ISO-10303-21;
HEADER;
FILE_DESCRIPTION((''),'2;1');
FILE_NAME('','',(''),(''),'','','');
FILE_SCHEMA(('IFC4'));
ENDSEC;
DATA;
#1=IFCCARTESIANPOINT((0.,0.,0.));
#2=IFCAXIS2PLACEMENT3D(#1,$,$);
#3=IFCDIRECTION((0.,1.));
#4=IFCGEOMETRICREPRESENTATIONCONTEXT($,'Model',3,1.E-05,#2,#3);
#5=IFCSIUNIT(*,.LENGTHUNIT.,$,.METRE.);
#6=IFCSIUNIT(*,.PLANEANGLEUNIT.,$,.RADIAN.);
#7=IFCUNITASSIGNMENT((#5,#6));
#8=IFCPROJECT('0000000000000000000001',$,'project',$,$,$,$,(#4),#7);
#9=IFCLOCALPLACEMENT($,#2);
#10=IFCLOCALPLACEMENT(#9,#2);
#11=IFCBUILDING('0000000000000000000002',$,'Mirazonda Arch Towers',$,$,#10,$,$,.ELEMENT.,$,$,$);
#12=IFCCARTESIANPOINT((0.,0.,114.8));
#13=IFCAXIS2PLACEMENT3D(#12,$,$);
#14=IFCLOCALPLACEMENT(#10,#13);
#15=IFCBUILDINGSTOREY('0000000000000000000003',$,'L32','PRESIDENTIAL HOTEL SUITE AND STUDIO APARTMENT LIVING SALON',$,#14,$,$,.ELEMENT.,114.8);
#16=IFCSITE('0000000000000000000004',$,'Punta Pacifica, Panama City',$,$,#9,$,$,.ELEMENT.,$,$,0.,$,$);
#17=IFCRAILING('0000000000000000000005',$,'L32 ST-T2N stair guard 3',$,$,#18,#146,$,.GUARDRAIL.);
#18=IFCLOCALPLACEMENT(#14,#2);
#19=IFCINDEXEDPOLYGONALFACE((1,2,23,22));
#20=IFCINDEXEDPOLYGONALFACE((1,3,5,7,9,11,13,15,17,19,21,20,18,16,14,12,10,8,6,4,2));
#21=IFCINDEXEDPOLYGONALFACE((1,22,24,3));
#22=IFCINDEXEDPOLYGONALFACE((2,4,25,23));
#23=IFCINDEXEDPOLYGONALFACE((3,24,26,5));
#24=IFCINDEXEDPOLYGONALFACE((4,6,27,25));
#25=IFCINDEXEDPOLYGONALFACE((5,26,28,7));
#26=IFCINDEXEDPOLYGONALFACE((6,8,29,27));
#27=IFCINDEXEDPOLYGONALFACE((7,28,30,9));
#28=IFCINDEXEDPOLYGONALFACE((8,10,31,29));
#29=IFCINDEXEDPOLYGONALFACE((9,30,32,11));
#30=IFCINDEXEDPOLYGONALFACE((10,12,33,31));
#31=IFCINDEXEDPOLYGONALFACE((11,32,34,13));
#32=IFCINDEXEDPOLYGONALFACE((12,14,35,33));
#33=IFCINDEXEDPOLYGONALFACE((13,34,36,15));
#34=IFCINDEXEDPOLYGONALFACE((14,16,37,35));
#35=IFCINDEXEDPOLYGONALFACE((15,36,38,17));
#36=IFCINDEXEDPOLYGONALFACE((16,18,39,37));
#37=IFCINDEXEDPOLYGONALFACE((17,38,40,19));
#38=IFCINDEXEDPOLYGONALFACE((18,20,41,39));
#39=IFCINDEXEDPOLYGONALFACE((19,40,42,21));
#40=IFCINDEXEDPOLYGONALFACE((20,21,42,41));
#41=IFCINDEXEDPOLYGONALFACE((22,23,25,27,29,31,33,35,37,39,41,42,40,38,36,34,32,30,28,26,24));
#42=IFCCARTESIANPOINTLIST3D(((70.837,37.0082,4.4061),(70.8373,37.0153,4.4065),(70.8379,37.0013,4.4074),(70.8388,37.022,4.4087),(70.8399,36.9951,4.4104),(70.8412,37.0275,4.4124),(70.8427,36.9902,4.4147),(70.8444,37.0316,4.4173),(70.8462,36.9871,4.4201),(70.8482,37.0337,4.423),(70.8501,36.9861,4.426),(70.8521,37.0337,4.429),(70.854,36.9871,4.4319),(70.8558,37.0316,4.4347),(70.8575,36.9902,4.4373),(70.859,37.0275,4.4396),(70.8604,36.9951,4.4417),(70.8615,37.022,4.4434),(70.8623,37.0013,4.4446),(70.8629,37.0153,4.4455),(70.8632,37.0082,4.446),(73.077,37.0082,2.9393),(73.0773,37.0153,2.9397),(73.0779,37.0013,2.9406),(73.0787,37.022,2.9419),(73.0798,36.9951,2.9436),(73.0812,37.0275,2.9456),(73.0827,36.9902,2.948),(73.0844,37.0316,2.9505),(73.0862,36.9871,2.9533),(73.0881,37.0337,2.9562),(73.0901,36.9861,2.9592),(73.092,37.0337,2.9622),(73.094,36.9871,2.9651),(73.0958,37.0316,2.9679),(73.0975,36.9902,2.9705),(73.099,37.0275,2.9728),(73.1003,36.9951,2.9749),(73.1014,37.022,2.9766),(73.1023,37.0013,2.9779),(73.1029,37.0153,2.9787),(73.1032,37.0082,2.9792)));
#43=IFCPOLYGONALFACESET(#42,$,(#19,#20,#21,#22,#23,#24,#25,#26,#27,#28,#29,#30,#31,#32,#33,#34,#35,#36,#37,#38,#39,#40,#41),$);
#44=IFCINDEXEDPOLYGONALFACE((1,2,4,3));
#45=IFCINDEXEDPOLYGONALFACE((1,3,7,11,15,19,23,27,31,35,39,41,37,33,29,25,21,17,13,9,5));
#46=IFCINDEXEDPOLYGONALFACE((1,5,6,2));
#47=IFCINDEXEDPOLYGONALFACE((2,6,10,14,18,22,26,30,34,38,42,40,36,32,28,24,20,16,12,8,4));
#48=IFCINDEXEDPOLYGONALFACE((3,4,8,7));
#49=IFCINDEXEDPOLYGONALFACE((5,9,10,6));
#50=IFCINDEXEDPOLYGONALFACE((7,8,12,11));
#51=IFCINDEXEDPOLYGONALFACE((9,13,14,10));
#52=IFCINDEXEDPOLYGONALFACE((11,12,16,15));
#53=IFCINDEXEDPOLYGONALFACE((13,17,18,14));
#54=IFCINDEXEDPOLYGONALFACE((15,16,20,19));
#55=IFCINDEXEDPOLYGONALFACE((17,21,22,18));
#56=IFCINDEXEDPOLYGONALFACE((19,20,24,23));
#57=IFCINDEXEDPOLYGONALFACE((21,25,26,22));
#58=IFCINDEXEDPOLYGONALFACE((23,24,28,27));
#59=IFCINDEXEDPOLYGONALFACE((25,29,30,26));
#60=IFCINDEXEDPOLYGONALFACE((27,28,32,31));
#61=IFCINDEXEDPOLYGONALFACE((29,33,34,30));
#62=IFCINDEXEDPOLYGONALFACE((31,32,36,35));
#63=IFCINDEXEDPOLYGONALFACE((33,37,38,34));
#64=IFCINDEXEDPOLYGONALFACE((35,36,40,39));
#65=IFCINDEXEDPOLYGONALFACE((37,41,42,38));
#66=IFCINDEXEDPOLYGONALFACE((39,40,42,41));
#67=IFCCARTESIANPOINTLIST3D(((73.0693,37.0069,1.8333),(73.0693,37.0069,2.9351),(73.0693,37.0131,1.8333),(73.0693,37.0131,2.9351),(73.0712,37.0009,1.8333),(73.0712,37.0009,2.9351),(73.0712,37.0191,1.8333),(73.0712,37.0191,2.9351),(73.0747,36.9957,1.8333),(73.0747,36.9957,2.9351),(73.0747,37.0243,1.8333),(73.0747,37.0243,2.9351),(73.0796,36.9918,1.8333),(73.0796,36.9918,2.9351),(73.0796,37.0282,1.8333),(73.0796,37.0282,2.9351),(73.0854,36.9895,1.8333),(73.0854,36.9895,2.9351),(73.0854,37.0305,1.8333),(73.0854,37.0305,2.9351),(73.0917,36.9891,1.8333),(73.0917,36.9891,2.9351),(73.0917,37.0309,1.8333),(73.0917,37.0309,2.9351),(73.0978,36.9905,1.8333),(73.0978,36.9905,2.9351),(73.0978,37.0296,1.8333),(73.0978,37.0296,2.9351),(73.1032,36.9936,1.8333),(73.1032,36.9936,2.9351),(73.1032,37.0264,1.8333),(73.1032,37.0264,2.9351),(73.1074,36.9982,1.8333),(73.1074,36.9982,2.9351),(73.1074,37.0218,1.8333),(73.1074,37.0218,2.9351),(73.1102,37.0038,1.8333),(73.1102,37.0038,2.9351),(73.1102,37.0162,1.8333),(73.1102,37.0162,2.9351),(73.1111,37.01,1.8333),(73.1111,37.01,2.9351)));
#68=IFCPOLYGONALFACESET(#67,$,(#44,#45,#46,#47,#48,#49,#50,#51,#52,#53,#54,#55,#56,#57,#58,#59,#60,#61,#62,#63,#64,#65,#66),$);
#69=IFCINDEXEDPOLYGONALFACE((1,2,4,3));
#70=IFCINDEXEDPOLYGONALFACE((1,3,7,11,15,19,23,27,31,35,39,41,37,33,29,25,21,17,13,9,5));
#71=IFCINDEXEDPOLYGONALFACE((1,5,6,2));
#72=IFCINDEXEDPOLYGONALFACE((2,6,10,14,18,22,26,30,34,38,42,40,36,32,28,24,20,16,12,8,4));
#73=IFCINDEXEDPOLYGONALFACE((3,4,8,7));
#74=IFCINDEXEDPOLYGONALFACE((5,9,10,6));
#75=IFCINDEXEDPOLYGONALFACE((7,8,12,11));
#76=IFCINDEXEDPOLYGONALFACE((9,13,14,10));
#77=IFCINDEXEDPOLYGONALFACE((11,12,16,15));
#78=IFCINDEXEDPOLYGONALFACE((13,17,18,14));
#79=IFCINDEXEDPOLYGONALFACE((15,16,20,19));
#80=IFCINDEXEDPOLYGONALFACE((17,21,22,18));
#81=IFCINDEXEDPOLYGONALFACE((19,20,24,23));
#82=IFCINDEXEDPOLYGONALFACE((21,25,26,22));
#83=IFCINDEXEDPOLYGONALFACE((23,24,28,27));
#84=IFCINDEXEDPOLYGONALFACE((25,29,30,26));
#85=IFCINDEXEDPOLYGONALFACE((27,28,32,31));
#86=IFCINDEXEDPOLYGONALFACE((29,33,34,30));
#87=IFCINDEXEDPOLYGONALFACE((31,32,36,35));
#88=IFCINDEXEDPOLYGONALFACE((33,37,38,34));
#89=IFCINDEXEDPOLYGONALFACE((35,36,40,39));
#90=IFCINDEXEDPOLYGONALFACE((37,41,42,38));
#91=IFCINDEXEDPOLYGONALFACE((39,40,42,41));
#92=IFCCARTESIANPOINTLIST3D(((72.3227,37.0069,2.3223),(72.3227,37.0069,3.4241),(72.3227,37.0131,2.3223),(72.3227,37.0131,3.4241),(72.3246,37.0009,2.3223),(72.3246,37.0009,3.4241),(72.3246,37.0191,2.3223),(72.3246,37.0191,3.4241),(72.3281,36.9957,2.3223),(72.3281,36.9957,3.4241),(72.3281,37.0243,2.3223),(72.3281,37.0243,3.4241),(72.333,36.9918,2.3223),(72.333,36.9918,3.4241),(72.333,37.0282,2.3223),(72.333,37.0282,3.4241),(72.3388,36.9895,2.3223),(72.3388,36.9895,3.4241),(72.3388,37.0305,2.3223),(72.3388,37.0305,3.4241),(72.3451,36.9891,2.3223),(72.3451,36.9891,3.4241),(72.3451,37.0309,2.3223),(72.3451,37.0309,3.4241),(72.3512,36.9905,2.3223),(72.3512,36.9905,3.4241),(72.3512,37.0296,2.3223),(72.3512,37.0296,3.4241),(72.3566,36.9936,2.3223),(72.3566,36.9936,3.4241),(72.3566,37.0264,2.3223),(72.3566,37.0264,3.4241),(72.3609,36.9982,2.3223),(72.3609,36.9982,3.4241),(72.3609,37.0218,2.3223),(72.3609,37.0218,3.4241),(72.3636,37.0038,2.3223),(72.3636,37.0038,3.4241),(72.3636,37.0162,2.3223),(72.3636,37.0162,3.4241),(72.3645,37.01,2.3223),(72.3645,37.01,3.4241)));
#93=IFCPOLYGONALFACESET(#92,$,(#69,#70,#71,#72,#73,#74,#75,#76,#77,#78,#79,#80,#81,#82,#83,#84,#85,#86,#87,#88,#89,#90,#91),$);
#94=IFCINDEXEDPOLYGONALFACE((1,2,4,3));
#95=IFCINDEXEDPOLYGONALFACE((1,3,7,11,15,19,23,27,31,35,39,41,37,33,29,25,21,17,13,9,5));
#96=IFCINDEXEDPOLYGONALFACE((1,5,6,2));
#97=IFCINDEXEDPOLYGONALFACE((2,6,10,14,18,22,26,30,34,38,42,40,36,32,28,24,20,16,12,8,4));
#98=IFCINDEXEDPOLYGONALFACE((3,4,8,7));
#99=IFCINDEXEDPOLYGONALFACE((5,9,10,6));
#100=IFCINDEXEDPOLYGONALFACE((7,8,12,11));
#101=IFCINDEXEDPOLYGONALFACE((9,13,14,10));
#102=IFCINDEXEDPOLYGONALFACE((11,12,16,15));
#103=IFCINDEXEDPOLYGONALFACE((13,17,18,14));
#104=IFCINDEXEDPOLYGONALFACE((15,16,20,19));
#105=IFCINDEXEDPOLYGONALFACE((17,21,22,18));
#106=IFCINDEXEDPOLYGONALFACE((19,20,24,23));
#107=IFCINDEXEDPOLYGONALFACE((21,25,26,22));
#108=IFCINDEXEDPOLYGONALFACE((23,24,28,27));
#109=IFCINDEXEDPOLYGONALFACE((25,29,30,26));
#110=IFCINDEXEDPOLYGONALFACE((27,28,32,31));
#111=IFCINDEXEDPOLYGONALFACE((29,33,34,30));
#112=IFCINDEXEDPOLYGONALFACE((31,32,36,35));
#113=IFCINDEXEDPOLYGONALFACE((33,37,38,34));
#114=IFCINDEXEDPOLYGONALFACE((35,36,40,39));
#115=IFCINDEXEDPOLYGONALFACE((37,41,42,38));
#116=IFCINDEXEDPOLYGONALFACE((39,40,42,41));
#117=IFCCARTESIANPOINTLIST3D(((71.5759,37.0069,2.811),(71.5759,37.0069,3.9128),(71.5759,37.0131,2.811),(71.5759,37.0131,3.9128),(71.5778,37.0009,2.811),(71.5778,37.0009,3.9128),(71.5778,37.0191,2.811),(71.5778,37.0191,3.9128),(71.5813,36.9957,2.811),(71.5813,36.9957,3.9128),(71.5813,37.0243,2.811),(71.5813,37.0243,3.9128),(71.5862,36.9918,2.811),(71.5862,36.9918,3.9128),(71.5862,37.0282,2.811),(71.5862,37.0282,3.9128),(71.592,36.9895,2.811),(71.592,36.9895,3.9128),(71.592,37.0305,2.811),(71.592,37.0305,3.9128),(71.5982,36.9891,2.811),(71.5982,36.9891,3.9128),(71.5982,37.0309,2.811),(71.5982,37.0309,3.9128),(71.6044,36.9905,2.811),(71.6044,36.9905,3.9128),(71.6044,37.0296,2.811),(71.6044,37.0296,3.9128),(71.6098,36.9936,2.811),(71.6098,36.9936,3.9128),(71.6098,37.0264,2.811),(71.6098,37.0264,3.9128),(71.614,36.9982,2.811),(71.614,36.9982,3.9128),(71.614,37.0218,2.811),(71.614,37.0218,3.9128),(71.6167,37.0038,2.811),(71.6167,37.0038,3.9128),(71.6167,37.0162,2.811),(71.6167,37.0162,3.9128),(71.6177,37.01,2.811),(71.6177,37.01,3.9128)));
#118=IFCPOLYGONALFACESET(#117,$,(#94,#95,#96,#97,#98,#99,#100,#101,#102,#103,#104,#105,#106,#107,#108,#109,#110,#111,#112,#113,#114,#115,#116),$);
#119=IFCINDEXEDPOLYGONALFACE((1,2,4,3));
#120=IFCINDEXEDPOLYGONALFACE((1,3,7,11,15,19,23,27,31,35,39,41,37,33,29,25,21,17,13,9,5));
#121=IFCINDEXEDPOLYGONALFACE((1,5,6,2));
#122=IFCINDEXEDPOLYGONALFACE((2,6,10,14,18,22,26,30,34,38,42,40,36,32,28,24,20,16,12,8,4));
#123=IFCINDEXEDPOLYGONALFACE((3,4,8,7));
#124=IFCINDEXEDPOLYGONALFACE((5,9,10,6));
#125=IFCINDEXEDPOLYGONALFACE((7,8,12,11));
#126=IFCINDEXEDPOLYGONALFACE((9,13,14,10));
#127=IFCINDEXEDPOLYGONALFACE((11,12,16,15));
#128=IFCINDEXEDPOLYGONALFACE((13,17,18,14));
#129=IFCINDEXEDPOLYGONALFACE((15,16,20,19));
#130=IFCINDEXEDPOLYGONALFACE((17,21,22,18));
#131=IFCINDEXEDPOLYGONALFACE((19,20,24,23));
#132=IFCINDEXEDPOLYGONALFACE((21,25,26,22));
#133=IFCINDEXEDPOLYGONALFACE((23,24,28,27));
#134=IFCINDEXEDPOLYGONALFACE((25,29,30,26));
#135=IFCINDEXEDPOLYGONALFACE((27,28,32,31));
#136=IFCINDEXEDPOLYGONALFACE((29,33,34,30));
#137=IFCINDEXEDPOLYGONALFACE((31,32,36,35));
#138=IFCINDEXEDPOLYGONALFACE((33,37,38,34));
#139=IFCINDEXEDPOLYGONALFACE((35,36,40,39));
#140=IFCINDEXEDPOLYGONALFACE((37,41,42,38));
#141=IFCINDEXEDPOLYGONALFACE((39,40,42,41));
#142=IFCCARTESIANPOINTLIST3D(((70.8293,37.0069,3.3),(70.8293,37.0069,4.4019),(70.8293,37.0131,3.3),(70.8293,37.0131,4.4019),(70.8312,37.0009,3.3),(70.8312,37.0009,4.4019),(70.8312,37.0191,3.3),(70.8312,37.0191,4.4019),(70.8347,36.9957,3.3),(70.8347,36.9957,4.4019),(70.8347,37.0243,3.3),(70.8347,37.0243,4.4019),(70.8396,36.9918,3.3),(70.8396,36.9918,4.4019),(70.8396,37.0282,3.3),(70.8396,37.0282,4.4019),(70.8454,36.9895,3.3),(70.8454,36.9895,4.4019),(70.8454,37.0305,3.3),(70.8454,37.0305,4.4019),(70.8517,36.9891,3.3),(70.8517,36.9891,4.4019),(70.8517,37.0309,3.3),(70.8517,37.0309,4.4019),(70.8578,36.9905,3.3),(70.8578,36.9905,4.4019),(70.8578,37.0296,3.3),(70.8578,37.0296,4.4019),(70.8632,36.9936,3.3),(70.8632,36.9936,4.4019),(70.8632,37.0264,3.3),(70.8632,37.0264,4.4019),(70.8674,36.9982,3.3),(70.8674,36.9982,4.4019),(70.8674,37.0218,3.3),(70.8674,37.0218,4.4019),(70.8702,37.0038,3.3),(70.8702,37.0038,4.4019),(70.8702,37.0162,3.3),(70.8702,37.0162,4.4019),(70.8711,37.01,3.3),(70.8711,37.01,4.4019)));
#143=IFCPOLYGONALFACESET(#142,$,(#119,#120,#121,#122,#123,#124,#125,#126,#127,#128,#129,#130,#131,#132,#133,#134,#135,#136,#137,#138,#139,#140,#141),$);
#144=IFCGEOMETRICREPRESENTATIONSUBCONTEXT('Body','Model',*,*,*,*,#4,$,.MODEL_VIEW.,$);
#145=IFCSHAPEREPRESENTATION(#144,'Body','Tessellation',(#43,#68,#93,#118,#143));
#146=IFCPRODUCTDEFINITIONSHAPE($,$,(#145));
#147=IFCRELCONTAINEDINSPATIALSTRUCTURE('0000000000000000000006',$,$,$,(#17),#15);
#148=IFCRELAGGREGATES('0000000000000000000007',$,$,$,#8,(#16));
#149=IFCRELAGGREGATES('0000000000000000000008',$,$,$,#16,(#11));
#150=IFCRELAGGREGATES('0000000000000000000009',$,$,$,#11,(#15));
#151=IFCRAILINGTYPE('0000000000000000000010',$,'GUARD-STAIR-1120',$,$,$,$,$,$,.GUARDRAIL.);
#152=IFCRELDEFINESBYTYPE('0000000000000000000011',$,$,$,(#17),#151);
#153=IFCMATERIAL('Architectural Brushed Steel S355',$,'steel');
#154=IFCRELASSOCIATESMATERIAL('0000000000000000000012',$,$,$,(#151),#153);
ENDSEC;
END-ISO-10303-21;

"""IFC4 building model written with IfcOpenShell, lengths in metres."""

from ifc_helpers import new_model, si_unit, direction, frame, origin, origin_2d, place, context, subcontext, project, spatial, circle, extrude, material, type_object, element, save


model = new_model("IFC4")

# Units and contexts
model_context = context("Model", 3, precision=1e-05, world=origin(), true_north=direction((0.0, 1.0)))
body_context = subcontext(model_context, "Body", "Model", "MODEL_VIEW")
ifc_project = project(units=[si_unit("LENGTHUNIT", "METRE"), si_unit("PLANEANGLEUNIT", "RADIAN")], contexts=[model_context])

# Site, building, storey
site_placement = place(None, origin())
site = spatial("IfcSite", under=ifc_project, at=site_placement, Name="Punta Pacifica, Panama City", CompositionType="ELEMENT", RefElevation=0.0)
building_placement = place(site_placement, origin())
building = spatial("IfcBuilding", under=site, at=building_placement, Name="Mirazonda Arch Towers", CompositionType="ELEMENT")
storey_placement = place(building_placement, frame((0.0, 0.0, 114.8)))
storey = spatial("IfcBuildingStorey", under=building, at=storey_placement, Name="L32", Description="PRESIDENTIAL HOTEL SUITE AND STUDIO APARTMENT LIVING SALON", CompositionType="ELEMENT", Elevation=114.8)

# Shared definitions
ifc_material_1 = material(Name="Architectural Brushed Steel S355", Category="steel")

# Railing
railing_type_1 = type_object("IfcRailingType", Name="GUARD-STAIR-1120", PredefinedType="GUARDRAIL", material=ifc_material_1)
railing_1_placement = place(storey_placement, frame((73.0901, 37.01, 1.8333)))
element("IfcRailing", 1, at=railing_1_placement, inside=storey, type_object=railing_type_1, Name="L32 ST-T2N stair guard 3", PredefinedType="GUARDRAIL", context=body_context, shape_type="SweptSolid", body=[
    extrude(circle(Radius=0.0239, at=origin_2d()), frame((0.0, 0.0, 1.126), z_axis=(-0.836595, 0.0, 0.547822), x_axis=(0.0, -1.0, 0.0)), (0.0, 0.0, 1.0), 2.6775),
    extrude(circle(Radius=0.021, at=origin_2d()), origin(), (0.0, 0.0, 1.0), 1.1018),
    extrude(circle(Radius=0.021, at=origin_2d()), frame((-0.7466, 0.0, 0.489)), (0.0, 0.0, 1.0), 1.1018),
    extrude(circle(Radius=0.021, at=origin_2d()), frame((-1.4934, 0.0, 0.9778)), (0.0, 0.0, 1.0), 1.1018),
    extrude(circle(Radius=0.021, at=origin_2d()), frame((-2.24, 0.0, 1.4668)), (0.0, 0.0, 1.0), 1.1018),
])

save(model, "model.ifc")
